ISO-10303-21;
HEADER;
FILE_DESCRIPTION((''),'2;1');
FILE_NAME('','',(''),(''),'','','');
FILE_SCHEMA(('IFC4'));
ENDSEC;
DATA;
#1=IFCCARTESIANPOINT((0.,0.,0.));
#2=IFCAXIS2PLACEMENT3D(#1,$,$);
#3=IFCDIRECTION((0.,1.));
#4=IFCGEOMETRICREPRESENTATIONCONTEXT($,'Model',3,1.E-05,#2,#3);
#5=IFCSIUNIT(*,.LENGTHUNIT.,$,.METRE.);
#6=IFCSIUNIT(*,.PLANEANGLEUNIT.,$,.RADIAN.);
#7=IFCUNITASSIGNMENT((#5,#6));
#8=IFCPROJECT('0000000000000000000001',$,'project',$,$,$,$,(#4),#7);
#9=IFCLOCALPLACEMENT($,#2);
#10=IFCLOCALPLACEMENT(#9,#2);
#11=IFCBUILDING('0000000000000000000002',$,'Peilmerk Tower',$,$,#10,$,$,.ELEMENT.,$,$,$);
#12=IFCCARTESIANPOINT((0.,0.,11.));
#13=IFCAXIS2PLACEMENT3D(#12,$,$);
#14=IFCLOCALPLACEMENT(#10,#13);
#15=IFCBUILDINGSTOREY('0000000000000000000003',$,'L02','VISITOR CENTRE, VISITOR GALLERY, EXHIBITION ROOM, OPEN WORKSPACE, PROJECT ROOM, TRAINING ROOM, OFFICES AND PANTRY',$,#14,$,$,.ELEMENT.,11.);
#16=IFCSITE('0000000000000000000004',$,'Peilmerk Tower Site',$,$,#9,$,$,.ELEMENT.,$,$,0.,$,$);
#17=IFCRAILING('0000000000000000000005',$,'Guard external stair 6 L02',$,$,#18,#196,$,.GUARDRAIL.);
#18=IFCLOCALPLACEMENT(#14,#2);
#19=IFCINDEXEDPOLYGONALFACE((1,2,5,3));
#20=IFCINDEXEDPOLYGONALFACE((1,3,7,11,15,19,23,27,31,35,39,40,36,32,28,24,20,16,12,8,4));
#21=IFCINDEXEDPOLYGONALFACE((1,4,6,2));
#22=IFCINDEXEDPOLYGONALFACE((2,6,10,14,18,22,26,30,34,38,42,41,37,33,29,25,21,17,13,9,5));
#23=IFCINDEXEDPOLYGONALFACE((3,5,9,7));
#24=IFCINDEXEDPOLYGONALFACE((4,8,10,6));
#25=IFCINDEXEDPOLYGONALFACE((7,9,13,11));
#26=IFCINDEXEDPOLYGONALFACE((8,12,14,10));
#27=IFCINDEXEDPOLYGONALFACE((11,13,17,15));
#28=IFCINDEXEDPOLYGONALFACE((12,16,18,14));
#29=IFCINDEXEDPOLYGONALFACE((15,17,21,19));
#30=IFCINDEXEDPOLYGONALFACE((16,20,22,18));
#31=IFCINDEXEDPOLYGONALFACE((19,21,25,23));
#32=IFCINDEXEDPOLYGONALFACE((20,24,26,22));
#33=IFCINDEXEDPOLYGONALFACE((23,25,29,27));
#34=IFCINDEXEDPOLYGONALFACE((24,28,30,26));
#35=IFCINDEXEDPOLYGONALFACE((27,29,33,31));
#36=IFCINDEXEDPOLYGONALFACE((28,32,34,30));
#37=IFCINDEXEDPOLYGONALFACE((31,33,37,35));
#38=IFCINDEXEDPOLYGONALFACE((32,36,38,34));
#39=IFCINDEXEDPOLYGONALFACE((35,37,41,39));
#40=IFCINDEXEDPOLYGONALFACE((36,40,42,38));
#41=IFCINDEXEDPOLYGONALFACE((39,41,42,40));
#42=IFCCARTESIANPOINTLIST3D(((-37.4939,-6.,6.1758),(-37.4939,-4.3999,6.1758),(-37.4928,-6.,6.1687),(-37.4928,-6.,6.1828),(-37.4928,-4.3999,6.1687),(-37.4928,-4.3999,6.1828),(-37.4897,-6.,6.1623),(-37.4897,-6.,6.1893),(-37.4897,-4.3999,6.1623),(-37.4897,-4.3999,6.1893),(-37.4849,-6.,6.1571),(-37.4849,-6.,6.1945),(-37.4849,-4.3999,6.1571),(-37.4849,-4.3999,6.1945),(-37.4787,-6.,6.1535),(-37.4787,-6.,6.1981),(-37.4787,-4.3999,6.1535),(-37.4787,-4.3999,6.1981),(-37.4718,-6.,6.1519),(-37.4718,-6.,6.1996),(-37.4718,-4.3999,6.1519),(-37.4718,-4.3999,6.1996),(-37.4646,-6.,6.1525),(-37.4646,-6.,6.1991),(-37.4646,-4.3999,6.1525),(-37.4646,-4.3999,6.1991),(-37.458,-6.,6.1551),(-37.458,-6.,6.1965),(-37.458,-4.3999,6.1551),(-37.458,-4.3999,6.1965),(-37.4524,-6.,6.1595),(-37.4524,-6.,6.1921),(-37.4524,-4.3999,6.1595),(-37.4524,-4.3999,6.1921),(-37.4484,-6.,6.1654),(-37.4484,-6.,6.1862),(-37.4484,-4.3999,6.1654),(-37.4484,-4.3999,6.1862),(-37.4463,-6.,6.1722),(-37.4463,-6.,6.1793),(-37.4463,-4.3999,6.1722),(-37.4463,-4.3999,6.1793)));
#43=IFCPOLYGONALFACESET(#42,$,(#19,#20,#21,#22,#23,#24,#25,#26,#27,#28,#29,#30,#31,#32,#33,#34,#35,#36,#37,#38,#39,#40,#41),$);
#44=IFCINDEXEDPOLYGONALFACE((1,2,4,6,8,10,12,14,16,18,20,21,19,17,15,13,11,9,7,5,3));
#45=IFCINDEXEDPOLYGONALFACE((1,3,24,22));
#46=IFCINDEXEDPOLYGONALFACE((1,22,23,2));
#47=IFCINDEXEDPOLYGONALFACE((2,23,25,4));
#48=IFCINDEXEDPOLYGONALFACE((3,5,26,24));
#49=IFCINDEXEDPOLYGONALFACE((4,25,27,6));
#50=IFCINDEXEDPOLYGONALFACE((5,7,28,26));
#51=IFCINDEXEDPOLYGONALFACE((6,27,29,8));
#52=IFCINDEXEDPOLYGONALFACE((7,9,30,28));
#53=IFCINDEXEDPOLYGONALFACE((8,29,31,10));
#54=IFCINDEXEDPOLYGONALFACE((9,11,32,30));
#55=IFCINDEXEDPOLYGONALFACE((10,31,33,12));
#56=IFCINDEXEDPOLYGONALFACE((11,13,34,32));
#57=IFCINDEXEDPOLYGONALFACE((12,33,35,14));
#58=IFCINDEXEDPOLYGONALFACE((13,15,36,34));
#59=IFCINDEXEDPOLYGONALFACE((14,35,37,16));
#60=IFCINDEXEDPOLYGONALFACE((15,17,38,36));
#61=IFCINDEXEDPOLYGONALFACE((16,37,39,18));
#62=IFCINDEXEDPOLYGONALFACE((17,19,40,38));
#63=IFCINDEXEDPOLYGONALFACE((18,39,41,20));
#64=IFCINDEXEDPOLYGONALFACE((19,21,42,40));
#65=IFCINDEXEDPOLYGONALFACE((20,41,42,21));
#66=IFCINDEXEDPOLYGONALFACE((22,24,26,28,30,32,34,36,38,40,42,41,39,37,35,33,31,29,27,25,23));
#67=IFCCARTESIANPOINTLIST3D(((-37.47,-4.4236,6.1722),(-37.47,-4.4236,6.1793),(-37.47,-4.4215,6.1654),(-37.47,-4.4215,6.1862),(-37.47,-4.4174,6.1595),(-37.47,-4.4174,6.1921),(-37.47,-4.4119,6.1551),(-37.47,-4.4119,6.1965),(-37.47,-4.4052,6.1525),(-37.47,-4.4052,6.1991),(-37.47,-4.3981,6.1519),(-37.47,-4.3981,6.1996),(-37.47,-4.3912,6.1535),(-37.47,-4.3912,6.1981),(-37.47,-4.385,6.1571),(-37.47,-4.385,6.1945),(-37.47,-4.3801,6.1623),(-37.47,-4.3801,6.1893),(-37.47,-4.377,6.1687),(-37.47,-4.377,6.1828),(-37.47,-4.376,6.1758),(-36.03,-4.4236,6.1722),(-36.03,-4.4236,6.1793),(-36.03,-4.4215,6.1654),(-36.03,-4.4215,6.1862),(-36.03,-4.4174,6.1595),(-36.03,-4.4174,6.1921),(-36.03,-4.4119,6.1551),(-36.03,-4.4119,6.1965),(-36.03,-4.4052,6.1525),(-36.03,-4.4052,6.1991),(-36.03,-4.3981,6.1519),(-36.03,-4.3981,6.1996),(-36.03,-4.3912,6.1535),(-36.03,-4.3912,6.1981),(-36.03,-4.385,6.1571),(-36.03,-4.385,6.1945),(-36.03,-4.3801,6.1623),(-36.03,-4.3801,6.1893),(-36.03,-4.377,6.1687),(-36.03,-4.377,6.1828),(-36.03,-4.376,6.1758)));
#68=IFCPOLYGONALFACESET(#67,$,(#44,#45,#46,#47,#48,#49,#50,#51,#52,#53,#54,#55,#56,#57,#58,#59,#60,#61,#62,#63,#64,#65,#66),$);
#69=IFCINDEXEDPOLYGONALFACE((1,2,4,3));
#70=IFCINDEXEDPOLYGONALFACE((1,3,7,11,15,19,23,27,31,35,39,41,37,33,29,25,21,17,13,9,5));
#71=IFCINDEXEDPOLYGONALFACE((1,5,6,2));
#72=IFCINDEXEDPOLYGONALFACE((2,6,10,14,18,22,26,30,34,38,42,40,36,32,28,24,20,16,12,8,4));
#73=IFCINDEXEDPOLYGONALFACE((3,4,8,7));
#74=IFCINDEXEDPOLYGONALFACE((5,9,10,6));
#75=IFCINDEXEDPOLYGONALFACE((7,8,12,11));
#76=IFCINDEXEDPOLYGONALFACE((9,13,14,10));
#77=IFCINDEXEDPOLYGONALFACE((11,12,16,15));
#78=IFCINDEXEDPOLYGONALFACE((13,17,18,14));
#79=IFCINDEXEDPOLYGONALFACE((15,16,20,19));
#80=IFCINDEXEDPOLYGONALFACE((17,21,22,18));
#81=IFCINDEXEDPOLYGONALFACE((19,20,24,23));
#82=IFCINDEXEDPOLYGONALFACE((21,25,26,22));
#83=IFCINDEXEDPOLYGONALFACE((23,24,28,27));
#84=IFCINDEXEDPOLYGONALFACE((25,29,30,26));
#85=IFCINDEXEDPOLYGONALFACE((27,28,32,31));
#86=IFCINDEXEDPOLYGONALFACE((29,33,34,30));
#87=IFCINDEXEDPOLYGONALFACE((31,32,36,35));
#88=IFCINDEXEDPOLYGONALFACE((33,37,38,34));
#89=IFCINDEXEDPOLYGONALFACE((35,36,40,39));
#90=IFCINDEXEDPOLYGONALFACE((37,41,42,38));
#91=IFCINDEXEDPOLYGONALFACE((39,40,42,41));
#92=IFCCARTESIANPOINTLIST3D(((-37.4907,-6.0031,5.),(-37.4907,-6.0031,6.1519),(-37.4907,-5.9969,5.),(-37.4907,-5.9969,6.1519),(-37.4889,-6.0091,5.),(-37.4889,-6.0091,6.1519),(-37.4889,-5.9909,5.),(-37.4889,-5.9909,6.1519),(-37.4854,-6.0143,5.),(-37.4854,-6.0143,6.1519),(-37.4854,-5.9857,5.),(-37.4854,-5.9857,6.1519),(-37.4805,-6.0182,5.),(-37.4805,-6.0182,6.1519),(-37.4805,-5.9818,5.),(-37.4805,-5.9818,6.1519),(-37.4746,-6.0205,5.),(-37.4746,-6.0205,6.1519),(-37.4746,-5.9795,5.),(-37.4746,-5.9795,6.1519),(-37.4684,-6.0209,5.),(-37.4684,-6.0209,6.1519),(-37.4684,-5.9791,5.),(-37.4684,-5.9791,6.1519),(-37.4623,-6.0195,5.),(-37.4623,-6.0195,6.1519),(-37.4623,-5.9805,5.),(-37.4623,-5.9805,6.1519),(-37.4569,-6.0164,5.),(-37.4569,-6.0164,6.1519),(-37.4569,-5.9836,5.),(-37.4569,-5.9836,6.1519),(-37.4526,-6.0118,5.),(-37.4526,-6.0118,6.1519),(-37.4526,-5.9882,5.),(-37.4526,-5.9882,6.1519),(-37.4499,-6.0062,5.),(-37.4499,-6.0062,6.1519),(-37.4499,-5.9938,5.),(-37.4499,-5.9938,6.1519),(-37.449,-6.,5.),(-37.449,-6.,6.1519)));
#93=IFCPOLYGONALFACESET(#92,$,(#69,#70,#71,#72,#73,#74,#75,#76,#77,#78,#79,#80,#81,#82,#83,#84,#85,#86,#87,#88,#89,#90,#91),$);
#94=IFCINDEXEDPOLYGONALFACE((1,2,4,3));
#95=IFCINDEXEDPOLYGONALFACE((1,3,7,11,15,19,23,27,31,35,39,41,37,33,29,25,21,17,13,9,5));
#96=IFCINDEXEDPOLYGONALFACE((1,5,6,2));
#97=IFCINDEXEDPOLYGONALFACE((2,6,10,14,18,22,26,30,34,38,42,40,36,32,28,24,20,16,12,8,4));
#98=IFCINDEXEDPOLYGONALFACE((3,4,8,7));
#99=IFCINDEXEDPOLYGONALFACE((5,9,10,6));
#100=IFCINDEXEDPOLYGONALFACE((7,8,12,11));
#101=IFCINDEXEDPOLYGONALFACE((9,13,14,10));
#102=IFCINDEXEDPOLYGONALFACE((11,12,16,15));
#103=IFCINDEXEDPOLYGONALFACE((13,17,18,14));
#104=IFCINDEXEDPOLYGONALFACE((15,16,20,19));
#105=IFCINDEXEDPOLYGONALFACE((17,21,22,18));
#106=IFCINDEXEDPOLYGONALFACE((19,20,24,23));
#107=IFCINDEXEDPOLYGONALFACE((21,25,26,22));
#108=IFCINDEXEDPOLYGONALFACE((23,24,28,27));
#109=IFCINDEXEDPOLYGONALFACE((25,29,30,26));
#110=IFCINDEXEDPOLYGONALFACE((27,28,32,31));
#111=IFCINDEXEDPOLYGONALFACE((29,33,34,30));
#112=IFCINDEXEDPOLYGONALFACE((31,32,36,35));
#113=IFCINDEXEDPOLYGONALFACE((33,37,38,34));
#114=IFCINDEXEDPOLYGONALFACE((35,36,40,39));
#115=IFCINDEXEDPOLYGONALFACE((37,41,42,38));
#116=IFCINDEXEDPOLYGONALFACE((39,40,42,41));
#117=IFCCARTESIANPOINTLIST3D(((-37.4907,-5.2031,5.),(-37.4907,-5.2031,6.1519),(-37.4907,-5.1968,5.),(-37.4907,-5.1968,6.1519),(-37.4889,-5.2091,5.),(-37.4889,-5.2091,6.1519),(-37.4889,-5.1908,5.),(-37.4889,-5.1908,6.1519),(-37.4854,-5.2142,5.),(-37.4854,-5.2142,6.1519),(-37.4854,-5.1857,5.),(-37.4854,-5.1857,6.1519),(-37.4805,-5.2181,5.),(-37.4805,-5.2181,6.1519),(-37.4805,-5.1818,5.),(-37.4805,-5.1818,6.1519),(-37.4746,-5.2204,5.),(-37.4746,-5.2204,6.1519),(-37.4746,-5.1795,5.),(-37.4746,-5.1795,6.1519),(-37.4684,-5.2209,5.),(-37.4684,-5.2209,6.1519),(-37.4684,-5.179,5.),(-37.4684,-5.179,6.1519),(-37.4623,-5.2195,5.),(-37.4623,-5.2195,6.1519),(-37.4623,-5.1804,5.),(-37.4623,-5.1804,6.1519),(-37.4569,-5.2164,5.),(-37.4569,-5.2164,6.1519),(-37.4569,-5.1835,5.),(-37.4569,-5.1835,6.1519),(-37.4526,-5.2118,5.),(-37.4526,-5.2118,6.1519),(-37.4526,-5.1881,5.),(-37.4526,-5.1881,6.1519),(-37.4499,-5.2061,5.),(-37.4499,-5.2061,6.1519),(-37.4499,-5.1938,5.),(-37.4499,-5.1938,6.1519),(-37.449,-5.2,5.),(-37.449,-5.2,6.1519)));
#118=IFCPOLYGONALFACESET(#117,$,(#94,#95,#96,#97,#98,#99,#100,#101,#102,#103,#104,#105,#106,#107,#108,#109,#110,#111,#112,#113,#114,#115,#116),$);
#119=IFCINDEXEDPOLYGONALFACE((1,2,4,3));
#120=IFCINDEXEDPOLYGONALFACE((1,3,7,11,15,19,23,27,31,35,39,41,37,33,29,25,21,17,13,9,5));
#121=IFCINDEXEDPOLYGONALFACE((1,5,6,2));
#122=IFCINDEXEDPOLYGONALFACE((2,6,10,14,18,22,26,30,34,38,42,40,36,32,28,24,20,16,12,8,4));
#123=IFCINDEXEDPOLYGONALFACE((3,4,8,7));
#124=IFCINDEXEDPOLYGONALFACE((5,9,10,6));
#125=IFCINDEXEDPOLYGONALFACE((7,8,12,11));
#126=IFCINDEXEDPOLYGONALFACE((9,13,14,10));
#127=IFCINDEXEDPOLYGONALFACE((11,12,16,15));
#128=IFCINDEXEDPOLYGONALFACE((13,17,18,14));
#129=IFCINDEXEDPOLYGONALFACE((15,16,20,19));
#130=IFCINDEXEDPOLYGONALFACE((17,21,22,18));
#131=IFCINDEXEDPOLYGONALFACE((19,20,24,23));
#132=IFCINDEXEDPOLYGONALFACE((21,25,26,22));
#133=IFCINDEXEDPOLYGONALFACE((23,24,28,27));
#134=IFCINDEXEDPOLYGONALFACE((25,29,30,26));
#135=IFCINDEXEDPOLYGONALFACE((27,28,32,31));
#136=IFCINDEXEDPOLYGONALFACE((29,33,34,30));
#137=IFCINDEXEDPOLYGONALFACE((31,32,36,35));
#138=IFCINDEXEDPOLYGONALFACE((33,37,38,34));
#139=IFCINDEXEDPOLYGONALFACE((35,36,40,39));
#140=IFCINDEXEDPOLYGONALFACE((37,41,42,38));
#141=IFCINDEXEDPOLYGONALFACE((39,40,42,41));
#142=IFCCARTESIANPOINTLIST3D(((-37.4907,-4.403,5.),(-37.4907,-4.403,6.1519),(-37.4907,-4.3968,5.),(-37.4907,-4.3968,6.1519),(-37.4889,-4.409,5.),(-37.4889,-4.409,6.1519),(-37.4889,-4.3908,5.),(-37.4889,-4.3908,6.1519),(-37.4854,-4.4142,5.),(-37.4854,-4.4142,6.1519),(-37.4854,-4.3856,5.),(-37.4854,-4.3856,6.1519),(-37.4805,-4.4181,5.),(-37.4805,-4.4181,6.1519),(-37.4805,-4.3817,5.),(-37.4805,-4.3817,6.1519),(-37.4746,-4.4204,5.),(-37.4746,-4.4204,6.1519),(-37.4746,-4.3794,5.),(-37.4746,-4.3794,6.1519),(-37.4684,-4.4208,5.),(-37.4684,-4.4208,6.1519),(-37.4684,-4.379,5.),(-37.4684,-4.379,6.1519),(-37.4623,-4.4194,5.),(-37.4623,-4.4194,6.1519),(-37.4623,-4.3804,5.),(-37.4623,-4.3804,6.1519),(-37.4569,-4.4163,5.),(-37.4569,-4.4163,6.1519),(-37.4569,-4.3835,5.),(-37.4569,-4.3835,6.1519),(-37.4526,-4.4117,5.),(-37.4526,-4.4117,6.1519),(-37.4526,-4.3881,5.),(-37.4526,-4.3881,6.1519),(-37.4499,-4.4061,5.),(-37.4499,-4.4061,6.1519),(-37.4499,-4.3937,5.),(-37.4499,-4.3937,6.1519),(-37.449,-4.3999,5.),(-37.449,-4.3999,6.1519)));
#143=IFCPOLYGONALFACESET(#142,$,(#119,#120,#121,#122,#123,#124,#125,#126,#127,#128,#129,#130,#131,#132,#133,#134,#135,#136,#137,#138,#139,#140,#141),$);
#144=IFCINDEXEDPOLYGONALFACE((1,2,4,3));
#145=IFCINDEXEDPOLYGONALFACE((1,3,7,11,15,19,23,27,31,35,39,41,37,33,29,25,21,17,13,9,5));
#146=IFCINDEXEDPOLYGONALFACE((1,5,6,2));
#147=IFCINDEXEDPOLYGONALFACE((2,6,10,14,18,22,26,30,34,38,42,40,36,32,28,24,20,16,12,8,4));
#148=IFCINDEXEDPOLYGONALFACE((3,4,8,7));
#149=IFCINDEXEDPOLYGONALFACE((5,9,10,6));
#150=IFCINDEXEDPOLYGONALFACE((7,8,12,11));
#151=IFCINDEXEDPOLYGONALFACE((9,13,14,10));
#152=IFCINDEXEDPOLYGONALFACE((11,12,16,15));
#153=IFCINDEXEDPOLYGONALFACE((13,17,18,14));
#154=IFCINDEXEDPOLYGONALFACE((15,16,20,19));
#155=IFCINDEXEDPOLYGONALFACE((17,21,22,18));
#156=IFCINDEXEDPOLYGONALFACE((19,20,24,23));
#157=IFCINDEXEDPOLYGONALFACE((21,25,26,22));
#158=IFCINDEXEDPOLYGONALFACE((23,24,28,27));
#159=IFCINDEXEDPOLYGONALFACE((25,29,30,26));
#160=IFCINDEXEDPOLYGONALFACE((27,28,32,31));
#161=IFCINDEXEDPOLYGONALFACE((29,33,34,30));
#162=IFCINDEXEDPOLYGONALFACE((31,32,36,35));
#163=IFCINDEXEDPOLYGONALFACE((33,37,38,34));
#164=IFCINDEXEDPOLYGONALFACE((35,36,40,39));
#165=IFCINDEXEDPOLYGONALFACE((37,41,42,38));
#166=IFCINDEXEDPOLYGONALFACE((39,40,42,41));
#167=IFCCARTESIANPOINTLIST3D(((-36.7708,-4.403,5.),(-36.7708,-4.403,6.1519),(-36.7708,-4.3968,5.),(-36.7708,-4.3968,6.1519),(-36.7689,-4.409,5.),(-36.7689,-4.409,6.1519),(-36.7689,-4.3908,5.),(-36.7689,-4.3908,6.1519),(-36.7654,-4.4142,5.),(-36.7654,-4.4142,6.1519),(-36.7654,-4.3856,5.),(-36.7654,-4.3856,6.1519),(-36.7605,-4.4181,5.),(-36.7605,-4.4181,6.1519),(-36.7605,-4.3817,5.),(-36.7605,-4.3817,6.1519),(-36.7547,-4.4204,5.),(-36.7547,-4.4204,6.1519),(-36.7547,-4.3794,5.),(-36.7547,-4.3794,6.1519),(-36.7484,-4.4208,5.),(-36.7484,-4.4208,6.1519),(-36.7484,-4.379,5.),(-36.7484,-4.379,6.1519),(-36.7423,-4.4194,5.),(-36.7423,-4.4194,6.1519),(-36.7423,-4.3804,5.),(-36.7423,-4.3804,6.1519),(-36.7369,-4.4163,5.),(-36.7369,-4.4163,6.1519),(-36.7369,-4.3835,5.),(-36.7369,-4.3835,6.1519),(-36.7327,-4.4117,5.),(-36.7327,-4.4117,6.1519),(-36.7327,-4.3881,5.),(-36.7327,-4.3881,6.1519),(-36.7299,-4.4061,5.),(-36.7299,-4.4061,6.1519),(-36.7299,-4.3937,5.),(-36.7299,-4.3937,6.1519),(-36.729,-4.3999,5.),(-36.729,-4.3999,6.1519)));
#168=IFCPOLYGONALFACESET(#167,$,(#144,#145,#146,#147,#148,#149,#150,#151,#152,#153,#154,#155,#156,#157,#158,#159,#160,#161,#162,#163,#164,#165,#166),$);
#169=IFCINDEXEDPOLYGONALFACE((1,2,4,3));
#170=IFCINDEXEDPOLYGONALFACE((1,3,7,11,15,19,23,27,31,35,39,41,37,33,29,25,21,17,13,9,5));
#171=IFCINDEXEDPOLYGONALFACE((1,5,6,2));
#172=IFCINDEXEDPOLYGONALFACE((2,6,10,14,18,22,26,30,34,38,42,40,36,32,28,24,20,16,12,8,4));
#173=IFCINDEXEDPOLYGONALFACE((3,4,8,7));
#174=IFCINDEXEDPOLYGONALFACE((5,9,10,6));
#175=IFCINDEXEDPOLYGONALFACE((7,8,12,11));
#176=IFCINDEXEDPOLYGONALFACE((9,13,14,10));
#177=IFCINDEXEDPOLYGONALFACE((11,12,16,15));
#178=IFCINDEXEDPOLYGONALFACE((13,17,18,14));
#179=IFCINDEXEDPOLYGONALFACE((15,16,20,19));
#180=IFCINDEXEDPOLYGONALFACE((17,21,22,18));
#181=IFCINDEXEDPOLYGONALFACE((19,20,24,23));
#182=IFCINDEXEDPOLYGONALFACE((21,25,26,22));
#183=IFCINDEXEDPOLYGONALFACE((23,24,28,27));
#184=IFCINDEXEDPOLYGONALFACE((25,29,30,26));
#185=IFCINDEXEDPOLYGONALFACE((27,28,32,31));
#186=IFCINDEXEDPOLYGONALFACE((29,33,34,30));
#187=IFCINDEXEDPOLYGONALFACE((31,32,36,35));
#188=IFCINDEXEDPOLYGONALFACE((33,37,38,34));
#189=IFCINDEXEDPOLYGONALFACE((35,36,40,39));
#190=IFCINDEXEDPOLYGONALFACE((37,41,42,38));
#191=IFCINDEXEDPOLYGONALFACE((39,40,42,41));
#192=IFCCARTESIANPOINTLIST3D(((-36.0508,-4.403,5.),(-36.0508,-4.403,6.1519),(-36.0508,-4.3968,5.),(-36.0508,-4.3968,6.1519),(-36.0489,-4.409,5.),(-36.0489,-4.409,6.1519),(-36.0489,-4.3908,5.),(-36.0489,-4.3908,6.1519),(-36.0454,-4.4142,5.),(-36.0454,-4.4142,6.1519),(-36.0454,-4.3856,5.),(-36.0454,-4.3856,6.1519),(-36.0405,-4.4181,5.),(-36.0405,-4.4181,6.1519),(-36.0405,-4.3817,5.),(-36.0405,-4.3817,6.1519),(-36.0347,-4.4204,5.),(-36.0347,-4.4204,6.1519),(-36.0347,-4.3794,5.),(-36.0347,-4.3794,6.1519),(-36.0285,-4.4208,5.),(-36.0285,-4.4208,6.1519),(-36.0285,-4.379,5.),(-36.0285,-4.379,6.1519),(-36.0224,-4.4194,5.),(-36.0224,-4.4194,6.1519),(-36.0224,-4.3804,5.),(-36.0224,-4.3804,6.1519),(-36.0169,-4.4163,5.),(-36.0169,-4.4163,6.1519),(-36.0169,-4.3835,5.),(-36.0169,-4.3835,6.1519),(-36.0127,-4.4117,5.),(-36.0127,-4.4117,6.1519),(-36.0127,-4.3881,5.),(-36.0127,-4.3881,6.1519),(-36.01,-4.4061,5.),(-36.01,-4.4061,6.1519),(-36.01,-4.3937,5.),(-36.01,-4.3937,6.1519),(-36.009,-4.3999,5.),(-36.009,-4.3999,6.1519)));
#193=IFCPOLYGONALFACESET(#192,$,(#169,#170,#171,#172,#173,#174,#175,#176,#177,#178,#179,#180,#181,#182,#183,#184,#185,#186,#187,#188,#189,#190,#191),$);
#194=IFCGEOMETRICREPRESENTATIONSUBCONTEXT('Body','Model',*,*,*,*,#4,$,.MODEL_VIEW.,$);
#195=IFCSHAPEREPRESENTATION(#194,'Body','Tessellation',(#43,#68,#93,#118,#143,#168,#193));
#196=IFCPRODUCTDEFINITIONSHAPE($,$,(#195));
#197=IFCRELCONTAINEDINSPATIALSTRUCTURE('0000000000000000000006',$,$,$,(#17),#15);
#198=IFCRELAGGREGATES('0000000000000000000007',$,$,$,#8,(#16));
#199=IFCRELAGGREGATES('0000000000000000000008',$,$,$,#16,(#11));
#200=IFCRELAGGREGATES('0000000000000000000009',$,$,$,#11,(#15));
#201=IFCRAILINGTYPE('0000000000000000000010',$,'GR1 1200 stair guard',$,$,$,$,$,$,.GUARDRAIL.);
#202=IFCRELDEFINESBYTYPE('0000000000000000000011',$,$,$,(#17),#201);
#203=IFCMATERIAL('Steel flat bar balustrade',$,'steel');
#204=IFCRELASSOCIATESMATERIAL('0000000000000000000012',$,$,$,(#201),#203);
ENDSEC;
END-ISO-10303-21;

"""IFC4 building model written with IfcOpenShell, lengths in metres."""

from ifc_helpers import new_model, si_unit, direction, frame, origin, origin_2d, place, context, subcontext, project, spatial, circle, extrude, material, type_object, element, save


model = new_model("IFC4")

# Units and contexts
model_context = context("Model", 3, precision=1e-05, world=origin(), true_north=direction((0.0, 1.0)))
body_context = subcontext(model_context, "Body", "Model", "MODEL_VIEW")
ifc_project = project(units=[si_unit("LENGTHUNIT", "METRE"), si_unit("PLANEANGLEUNIT", "RADIAN")], contexts=[model_context])

# Site, building, storey
site_placement = place(None, origin())
site = spatial("IfcSite", under=ifc_project, at=site_placement, Name="Peilmerk Tower Site", CompositionType="ELEMENT", RefElevation=0.0)
building_placement = place(site_placement, origin())
building = spatial("IfcBuilding", under=site, at=building_placement, Name="Peilmerk Tower", CompositionType="ELEMENT")
storey_placement = place(building_placement, frame((0.0, 0.0, 11.0)))
storey = spatial("IfcBuildingStorey", under=building, at=storey_placement, Name="L02", Description="VISITOR CENTRE, VISITOR GALLERY, EXHIBITION ROOM, OPEN WORKSPACE, PROJECT ROOM, TRAINING ROOM, OFFICES AND PANTRY", CompositionType="ELEMENT", Elevation=11.0)

# Railing
ifc_material_1 = material(Name="Steel flat bar balustrade", Category="steel")
railing_type_1 = type_object("IfcRailingType", Name="GR1 1200 stair guard", PredefinedType="GUARDRAIL", material=ifc_material_1)
railing_1_placement = place(storey_placement, frame((-37.47, -6.0, 5.0)))
element("IfcRailing", 1, at=railing_1_placement, inside=storey, type_object=railing_type_1, Name="Guard external stair 6 L02", PredefinedType="GUARDRAIL", context=body_context, shape_type="SweptSolid", body=[
    extrude(circle(Radius=0.0239, at=origin_2d()), frame((0.0, 0.0, 1.1758), z_axis=(0.0, 1.0, 0.0), x_axis=(-1.0, 0.0, 0.0)), (0.0, 0.0, 1.0), 1.6001),
    extrude(circle(Radius=0.0239, at=origin_2d()), frame((0.0, 1.6001, 1.1758), z_axis=(1.0, 0.0, 0.0), x_axis=(0.0, 1.0, 0.0)), (0.0, 0.0, 1.0), 1.4399),
    extrude(circle(Radius=0.021, at=origin_2d()), origin(), (0.0, 0.0, 1.0), 1.1519),
    extrude(circle(Radius=0.021, at=origin_2d()), frame((0.0, 0.8, 0.0)), (0.0, 0.0, 1.0), 1.1519),
    extrude(circle(Radius=0.021, at=origin_2d()), frame((0.0, 1.6001, 0.0)), (0.0, 0.0, 1.0), 1.1519),
    extrude(circle(Radius=0.021, at=origin_2d()), frame((0.72, 1.6001, 0.0)), (0.0, 0.0, 1.0), 1.1519),
    extrude(circle(Radius=0.021, at=origin_2d()), frame((1.4399, 1.6001, 0.0)), (0.0, 0.0, 1.0), 1.1519),
])

save(model, "model.ifc")
